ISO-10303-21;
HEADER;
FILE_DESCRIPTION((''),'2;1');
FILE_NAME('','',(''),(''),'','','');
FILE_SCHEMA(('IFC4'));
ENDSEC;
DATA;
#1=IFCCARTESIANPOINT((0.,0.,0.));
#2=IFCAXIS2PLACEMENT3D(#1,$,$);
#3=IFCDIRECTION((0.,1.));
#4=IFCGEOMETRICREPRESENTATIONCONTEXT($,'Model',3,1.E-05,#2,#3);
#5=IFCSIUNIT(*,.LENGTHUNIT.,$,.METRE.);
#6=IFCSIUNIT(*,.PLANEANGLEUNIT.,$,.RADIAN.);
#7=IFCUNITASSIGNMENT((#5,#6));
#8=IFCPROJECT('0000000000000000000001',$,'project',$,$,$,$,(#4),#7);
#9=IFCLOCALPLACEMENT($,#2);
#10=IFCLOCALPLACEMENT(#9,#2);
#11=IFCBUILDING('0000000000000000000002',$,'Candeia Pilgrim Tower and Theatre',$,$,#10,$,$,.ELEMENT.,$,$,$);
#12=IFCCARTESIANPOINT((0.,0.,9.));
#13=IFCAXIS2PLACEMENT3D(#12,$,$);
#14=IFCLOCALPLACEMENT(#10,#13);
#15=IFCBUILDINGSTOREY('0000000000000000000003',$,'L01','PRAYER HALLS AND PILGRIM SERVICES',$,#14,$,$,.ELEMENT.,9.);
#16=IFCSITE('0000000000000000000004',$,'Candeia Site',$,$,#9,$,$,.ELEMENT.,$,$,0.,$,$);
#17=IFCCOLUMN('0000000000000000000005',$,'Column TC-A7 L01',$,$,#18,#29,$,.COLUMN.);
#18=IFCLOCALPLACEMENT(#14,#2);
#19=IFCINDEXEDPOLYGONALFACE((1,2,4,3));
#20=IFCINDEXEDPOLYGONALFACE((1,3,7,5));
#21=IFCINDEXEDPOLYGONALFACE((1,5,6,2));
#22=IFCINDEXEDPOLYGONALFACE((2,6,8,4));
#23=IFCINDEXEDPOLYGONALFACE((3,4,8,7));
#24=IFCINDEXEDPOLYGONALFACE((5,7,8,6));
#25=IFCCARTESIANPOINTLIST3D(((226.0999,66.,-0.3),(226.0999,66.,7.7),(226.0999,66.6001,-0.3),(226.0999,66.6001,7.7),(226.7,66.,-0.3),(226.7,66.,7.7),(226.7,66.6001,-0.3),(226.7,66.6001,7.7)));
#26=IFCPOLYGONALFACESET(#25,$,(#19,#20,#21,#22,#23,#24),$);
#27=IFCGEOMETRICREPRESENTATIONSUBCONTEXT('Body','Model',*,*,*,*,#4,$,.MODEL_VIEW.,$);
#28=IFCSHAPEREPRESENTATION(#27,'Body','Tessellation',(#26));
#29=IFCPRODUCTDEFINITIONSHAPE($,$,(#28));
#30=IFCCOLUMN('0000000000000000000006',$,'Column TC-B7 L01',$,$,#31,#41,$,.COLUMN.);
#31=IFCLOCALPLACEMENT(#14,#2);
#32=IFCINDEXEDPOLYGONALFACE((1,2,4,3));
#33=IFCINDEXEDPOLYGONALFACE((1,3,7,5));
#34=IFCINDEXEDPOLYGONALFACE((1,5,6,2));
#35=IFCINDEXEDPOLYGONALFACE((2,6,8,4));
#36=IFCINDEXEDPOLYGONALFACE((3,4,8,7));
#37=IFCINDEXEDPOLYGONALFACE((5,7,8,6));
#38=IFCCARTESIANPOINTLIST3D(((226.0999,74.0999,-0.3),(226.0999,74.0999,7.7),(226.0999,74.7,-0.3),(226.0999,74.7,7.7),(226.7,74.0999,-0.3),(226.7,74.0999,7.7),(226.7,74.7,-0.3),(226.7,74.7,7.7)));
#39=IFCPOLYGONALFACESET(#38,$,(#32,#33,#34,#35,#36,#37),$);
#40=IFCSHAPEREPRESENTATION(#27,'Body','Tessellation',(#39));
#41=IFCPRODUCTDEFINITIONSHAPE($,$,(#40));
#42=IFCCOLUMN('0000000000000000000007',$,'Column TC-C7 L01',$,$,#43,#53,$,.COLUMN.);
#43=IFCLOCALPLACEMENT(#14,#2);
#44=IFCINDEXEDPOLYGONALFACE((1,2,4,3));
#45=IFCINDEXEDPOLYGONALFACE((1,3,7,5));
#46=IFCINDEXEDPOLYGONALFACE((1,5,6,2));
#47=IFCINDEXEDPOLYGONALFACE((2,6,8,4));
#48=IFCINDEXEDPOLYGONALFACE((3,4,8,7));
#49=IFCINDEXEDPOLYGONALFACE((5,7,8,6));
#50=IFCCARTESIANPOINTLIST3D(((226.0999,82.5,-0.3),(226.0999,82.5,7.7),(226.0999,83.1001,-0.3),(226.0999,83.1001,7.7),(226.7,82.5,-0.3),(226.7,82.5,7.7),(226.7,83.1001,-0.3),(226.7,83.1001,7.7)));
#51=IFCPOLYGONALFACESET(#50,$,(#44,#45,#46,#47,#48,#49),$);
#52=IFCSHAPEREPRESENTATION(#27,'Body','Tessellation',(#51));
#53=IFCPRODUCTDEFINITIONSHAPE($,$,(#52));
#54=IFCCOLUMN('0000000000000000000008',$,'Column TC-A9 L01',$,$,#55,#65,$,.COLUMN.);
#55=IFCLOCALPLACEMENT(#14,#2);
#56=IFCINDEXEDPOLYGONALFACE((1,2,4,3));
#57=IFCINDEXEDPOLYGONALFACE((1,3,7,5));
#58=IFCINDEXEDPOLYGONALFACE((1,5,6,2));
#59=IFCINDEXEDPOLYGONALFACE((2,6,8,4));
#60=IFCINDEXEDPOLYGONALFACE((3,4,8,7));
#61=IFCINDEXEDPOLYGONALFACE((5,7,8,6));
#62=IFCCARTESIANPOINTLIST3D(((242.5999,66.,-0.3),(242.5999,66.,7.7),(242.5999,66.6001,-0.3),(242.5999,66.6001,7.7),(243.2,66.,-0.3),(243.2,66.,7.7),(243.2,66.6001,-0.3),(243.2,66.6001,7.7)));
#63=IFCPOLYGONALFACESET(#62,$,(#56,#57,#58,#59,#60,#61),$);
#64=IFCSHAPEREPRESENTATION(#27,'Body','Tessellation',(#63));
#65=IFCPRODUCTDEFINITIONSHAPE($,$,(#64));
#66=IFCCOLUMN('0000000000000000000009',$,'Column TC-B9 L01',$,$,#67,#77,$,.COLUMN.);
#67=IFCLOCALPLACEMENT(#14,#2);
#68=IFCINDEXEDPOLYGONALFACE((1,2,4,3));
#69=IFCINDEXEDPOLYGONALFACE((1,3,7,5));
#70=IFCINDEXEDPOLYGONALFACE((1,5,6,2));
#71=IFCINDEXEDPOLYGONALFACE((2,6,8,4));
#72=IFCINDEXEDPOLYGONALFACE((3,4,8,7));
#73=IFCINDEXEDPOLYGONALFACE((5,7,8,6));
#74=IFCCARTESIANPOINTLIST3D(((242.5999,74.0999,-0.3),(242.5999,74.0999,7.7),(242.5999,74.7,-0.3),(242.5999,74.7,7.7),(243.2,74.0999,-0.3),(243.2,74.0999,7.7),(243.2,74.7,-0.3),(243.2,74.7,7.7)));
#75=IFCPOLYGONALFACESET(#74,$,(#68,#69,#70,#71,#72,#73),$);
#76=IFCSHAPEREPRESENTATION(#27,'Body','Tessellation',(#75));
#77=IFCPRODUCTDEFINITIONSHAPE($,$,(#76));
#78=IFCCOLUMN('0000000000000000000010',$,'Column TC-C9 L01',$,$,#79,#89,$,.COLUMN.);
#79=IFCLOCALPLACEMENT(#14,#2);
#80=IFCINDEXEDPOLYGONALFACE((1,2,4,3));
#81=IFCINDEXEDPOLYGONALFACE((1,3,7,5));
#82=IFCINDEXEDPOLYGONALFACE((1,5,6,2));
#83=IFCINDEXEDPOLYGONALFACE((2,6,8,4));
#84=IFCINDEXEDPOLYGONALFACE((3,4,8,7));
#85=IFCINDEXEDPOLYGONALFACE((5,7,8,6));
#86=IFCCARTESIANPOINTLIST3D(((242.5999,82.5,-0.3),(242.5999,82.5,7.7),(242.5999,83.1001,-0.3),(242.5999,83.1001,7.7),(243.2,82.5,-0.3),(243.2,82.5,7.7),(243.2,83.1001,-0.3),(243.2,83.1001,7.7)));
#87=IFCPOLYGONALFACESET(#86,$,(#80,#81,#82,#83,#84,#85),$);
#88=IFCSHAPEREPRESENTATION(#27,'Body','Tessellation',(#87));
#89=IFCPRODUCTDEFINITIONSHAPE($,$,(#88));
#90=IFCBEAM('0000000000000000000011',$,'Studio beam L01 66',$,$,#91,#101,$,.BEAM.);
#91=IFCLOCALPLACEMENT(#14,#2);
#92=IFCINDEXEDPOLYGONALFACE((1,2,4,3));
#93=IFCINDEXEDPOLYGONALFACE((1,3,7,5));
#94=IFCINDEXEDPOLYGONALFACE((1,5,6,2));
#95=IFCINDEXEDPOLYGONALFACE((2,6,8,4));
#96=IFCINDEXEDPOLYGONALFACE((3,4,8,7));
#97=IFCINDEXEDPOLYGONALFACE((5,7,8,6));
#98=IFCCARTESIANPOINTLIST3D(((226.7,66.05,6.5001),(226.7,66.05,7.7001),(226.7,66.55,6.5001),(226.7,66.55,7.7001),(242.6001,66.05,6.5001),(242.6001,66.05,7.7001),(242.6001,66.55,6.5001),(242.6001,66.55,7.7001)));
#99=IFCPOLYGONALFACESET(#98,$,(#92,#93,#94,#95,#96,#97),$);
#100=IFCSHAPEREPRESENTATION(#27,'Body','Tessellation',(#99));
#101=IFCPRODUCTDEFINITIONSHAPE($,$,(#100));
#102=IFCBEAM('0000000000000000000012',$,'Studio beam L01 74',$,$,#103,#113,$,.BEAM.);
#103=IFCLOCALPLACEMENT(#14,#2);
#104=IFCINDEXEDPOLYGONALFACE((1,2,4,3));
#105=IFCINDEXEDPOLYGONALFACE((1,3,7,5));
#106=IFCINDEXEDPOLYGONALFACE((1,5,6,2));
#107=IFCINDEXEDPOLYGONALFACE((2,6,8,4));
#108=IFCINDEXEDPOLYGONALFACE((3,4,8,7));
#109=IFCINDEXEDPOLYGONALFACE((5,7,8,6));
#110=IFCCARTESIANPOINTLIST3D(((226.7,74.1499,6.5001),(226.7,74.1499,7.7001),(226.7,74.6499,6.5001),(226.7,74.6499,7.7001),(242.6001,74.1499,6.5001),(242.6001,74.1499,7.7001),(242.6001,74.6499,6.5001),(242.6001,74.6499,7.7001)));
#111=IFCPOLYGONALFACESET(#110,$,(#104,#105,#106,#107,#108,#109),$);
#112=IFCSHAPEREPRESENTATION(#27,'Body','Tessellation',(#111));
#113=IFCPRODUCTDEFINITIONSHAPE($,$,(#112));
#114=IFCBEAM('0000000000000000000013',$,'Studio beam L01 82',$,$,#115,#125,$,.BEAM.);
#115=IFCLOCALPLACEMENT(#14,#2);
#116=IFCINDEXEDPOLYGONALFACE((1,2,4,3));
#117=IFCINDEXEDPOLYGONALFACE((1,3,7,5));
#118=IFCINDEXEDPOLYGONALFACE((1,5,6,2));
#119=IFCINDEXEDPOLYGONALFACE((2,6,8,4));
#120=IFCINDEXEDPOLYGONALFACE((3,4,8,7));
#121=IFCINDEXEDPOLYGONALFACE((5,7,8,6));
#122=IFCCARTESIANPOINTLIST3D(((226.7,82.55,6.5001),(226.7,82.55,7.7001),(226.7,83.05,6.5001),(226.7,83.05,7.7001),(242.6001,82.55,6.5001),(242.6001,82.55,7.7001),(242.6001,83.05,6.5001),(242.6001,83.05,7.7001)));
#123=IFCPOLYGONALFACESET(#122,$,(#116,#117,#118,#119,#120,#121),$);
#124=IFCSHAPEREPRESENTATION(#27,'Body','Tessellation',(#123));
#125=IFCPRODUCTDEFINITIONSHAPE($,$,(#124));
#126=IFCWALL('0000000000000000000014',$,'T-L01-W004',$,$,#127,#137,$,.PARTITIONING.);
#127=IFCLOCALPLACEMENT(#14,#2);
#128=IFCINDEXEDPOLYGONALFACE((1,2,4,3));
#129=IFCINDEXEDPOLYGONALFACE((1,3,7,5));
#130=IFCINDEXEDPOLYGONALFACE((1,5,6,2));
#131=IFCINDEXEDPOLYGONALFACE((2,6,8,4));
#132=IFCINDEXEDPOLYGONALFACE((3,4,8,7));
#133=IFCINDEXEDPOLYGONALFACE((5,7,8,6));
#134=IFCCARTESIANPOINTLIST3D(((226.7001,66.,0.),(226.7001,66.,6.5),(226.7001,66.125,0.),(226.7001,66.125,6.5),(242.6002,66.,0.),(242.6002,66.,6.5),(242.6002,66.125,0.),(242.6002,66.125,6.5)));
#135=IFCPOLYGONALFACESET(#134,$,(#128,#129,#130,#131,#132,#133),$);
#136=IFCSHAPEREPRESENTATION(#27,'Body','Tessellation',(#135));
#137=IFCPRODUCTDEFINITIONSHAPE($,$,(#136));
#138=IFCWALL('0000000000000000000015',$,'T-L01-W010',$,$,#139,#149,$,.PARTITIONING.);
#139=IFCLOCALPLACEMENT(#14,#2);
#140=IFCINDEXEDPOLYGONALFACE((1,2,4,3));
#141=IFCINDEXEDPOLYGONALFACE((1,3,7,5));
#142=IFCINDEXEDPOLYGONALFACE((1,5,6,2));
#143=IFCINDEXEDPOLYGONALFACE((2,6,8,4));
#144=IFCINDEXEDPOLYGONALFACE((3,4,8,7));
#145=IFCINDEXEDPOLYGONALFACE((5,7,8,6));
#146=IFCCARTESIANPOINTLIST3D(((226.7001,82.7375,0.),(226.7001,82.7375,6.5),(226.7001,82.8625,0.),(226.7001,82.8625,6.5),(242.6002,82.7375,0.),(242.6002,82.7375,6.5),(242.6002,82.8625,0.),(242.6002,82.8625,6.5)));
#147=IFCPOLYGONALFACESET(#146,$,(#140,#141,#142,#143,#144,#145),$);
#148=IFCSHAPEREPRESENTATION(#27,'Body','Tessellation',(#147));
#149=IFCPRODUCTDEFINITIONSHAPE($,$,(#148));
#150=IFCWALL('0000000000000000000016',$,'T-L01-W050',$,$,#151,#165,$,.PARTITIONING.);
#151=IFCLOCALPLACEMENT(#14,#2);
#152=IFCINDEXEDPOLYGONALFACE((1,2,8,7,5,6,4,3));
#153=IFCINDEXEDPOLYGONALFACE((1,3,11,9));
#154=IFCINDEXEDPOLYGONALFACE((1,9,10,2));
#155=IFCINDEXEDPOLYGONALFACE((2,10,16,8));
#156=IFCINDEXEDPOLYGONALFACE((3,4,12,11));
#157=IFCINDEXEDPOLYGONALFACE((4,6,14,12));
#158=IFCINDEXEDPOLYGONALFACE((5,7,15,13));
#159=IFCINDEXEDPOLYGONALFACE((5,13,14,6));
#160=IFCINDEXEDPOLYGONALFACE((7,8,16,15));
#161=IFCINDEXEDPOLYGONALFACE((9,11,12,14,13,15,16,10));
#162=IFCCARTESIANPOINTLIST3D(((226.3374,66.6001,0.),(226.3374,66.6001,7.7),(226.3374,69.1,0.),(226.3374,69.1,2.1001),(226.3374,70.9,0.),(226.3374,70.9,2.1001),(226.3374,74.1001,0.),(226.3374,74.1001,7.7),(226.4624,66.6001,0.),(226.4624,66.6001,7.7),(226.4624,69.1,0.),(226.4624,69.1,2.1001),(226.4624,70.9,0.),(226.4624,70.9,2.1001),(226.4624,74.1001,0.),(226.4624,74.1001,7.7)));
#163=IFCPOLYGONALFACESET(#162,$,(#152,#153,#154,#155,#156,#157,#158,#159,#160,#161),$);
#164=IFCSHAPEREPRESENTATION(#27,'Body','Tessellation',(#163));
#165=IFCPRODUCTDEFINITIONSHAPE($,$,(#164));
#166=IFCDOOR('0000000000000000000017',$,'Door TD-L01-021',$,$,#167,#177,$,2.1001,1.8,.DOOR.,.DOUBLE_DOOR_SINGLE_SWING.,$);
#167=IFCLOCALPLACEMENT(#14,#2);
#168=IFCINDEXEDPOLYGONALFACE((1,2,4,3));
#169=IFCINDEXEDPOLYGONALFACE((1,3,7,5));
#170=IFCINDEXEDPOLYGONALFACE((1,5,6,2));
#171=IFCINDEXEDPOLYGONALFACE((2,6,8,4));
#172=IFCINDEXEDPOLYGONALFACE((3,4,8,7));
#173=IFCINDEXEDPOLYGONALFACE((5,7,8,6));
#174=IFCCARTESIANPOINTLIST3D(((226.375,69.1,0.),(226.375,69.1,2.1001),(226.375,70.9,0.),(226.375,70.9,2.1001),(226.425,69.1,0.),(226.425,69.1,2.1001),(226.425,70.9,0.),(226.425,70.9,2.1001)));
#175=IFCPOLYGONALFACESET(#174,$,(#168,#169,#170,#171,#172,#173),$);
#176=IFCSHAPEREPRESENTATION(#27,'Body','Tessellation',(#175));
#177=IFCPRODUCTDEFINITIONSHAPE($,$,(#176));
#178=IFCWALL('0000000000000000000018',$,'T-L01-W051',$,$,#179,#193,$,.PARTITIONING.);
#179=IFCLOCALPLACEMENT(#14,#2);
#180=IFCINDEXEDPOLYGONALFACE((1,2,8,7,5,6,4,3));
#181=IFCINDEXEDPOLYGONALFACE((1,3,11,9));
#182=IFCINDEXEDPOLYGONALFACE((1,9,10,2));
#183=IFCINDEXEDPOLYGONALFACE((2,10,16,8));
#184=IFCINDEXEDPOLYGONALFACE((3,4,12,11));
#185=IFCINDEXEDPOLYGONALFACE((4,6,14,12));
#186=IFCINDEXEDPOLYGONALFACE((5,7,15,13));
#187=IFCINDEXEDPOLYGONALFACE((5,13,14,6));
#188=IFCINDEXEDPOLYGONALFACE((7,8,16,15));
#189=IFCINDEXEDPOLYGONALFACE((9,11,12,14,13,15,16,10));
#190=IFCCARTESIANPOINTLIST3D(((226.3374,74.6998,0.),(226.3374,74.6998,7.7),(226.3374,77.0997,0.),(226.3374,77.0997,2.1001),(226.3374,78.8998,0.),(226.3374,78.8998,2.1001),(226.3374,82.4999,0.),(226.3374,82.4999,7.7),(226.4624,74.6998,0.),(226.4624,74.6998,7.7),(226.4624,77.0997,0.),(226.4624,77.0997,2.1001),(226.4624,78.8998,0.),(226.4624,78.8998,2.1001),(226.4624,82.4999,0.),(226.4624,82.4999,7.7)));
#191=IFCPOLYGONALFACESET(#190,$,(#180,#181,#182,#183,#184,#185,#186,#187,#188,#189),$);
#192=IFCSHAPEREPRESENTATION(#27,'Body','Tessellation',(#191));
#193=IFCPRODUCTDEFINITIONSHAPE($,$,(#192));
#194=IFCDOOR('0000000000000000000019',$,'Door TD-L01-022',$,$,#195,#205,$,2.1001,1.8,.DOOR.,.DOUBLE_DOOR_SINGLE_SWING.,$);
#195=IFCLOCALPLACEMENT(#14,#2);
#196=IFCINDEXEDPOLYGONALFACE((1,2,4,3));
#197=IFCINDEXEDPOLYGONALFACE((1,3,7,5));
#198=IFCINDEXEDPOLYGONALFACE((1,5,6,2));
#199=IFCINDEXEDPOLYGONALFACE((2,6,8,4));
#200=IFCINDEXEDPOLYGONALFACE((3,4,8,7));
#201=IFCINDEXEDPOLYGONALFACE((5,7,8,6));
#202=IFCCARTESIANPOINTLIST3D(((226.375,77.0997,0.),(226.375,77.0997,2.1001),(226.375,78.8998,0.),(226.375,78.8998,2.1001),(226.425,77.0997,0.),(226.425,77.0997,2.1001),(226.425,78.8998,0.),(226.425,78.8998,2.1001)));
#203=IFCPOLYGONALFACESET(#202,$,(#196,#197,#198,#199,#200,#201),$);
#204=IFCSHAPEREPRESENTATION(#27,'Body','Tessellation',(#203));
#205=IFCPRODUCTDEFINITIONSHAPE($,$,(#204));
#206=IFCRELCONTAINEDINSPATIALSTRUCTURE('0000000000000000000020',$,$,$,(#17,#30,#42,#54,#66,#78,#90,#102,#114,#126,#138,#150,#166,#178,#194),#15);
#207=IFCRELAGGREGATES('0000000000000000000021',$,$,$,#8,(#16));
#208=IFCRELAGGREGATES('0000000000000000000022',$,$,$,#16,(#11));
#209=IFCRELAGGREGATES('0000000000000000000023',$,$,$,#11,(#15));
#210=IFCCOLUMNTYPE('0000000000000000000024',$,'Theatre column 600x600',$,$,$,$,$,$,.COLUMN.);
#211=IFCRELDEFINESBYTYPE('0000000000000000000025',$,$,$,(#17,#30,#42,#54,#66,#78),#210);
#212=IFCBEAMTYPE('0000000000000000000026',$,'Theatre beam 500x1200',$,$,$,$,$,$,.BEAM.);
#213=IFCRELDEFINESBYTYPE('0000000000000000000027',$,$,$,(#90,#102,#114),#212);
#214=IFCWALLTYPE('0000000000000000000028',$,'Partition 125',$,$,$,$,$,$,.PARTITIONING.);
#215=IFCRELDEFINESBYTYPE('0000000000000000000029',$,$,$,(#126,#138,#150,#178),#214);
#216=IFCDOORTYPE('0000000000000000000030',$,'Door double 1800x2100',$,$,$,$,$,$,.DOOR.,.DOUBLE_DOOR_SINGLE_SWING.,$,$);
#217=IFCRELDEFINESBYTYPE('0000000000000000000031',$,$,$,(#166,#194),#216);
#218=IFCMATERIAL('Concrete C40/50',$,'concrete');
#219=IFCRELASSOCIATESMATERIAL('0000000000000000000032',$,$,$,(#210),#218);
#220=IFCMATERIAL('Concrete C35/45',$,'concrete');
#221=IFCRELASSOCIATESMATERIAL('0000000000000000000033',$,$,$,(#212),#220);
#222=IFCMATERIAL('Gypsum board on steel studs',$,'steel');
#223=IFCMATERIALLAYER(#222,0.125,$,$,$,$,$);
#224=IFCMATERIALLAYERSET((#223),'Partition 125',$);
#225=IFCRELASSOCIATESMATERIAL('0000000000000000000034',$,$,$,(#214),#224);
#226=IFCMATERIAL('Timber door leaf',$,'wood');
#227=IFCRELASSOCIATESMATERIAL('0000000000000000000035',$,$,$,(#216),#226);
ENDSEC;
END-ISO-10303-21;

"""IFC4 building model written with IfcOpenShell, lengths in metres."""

from ifc_helpers import new_model, si_unit, direction, frame, frame_2d, origin, origin_2d, place, context, subcontext, project, spatial, rectangle, extrude, material, layer, layer_set, material_profile, profile_set, type_object, element, fill, save


model = new_model("IFC4")

# Units and contexts
model_context = context("Model", 3, precision=1e-05, world=origin(), true_north=direction((0.0, 1.0)))
body_context = subcontext(model_context, "Body", "Model", "MODEL_VIEW")
ifc_project = project(units=[si_unit("LENGTHUNIT", "METRE"), si_unit("PLANEANGLEUNIT", "RADIAN")], contexts=[model_context])

# Site, building, storey
site_placement = place(None, origin())
site = spatial("IfcSite", under=ifc_project, at=site_placement, Name="Candeia Site", CompositionType="ELEMENT", RefElevation=0.0)
building_placement = place(site_placement, origin())
building = spatial("IfcBuilding", under=site, at=building_placement, Name="Candeia Pilgrim Tower and Theatre", CompositionType="ELEMENT")
storey_placement = place(building_placement, frame((0.0, 0.0, 9.0)))
storey = spatial("IfcBuildingStorey", under=building, at=storey_placement, Name="L01", Description="PRAYER HALLS AND PILGRIM SERVICES", CompositionType="ELEMENT", Elevation=9.0)

# Columns
ifc_material_1 = material(Name="Concrete C40/50", Category="concrete")
ifc_material_profile_1 = material_profile(ifc_material_1, rectangle(XDim=0.6001, YDim=0.6001, at=origin_2d()))
ifc_profile_set_1 = profile_set([ifc_material_profile_1], Name="Concrete C40/50")
column_type = type_object("IfcColumnType", Name="Theatre column 600x600", PredefinedType="COLUMN", material=ifc_profile_set_1)
for number, where, z_axis, x_axis, name in (
    (1, (226.3999, 66.3, -0.3), (0.0, 0.0, 1.0), (1.0, 0.0, 0.0), "Column TC-A7 L01"),
    (2, (226.3999, 74.3999, -0.3), (0.0, 0.0, 1.0), (1.0, 0.0, 0.0), "Column TC-B7 L01"),
    (3, (226.3999, 82.8, -0.3), (0.0, 0.0, 1.0), (1.0, 0.0, 0.0), "Column TC-C7 L01"),
    (4, (242.8999, 66.3, -0.3), (0.0, 0.0, 1.0), (1.0, 0.0, 0.0), "Column TC-A9 L01"),
    (5, (242.8999, 74.3999, -0.3), (0.0, 0.0, 1.0), (1.0, 0.0, 0.0), "Column TC-B9 L01"),
    (6, (242.8999, 82.8, -0.3), (0.0, 0.0, 1.0), (1.0, 0.0, 0.0), "Column TC-C9 L01"),
):
    element("IfcColumn", number, at=place(storey_placement, frame(where, z_axis=z_axis, x_axis=x_axis)), inside=storey, type_object=column_type, Name=name, PredefinedType="COLUMN", context=body_context, shape_type="SweptSolid", body=[
        extrude(rectangle(XDim=0.6001, YDim=0.6001, at=origin_2d()), origin(), (0.0, 0.0, 1.0), 8.0),
    ])

# Beams
ifc_material_2 = material(Name="Concrete C35/45", Category="concrete")
ifc_material_profile_2 = material_profile(ifc_material_2, rectangle(XDim=0.5, YDim=1.2, at=origin_2d()))
ifc_profile_set_2 = profile_set([ifc_material_profile_2], Name="Concrete C35/45")
beam_type = type_object("IfcBeamType", Name="Theatre beam 500x1200", PredefinedType="BEAM", material=ifc_profile_set_2)
for number, where, z_axis, x_axis, name in (
    (7, (226.7, 66.3, 7.1001), (1.0, 0.0, 0.0), (0.0, 1.0, 0.0), "Studio beam L01 66"),
    (8, (226.7, 74.3999, 7.1001), (1.0, 0.0, 0.0), (0.0, 1.0, 0.0), "Studio beam L01 74"),
    (9, (226.7, 82.8, 7.1001), (1.0, 0.0, 0.0), (0.0, 1.0, 0.0), "Studio beam L01 82"),
):
    element("IfcBeam", number, at=place(storey_placement, frame(where, z_axis=z_axis, x_axis=x_axis)), inside=storey, type_object=beam_type, Name=name, PredefinedType="BEAM", context=body_context, shape_type="SweptSolid", body=[
        extrude(rectangle(XDim=0.5, YDim=1.2, at=origin_2d()), origin(), (0.0, 0.0, 1.0), 15.9001),
    ])

# Walls
ifc_material_3 = material(Name="Gypsum board on steel studs", Category="steel")
ifc_layer = layer(ifc_material_3, 0.125)
ifc_layer_set = layer_set([ifc_layer], Name="Partition 125")
wall_type = type_object("IfcWallType", Name="Partition 125", PredefinedType="PARTITIONING", material=ifc_layer_set)
for number, where, z_axis, x_axis, name in (
    (10, (226.7, 66.0625, 0.0), (0.0, 0.0, 1.0), (1.0, 0.0, 0.0), "T-L01-W004"),
    (11, (226.7, 82.8, 0.0), (0.0, 0.0, 1.0), (1.0, 0.0, 0.0), "T-L01-W010"),
):
    element("IfcWall", number, at=place(storey_placement, frame(where, z_axis=z_axis, x_axis=x_axis)), inside=storey, type_object=wall_type, Name=name, PredefinedType="PARTITIONING", context=body_context, shape_type="SweptSolid", body=[
        extrude(rectangle(XDim=15.9001, YDim=0.125, at=frame_2d((7.9502, 0.0))), origin(), (0.0, 0.0, 1.0), 6.5),
    ])

# Walls, openings, doors
wall_1_placement = place(storey_placement, frame((226.3999, 66.6001, 0.0), z_axis=(0.0, 0.0, 1.0), x_axis=(0.0, 1.0, 0.0)))
wall_1 = element("IfcWall", 12, at=wall_1_placement, inside=storey, type_object=wall_type, Name="T-L01-W050", PredefinedType="PARTITIONING", context=body_context, shape_type="SweptSolid", body=[
    extrude(rectangle(XDim=7.5, YDim=0.125, at=frame_2d((3.75, 0.0))), origin(), (0.0, 0.0, 1.0), 7.7),
])
opening_1_placement = place(wall_1_placement, frame((2.5, 0.0, 0.0)))
opening_1 = element("IfcOpeningElement", 13, at=opening_1_placement, cuts=wall_1, PredefinedType="OPENING", context=body_context, shape_type="SweptSolid", body=[
    extrude(rectangle(XDim=1.8, YDim=2.1001, at=frame_2d((0.8999, 1.05))), frame((0.0, 0.0725, 0.0), z_axis=(0.0, -1.0, 0.0), x_axis=(1.0, 0.0, 0.0)), (0.0, 0.0, 1.0), 0.145),
])
ifc_material_4 = material(Name="Timber door leaf", Category="wood")
door_type = type_object("IfcDoorType", Name="Door double 1800x2100", OperationType="DOUBLE_DOOR_SINGLE_SWING", PredefinedType="DOOR", material=ifc_material_4)
door_1_placement = place(opening_1_placement, origin())
door_1 = element("IfcDoor", 14, at=door_1_placement, inside=storey, type_object=door_type, Name="Door TD-L01-021", OperationType="DOUBLE_DOOR_SINGLE_SWING", OverallHeight=2.1001, OverallWidth=1.8, PredefinedType="DOOR", context=body_context, shape_type="SweptSolid", body=[
    extrude(rectangle(XDim=1.8, YDim=2.1001, at=frame_2d((0.8999, 1.05))), frame((0.0, 0.0249, 0.0), z_axis=(0.0, -1.0, 0.0), x_axis=(1.0, 0.0, 0.0)), (0.0, 0.0, 1.0), 0.05),
])
fill(opening_1, door_1)
wall_2_placement = place(storey_placement, frame((226.3999, 74.7, 0.0), z_axis=(0.0, 0.0, 1.0), x_axis=(0.0, 1.0, 0.0)))
wall_2 = element("IfcWall", 15, at=wall_2_placement, inside=storey, type_object=wall_type, Name="T-L01-W051", PredefinedType="PARTITIONING", context=body_context, shape_type="SweptSolid", body=[
    extrude(rectangle(XDim=7.8, YDim=0.125, at=frame_2d((3.8999, 0.0))), origin(), (0.0, 0.0, 1.0), 7.7),
])
opening_2_placement = place(wall_2_placement, frame((2.3999, 0.0, 0.0)))
opening_2 = element("IfcOpeningElement", 16, at=opening_2_placement, cuts=wall_2, PredefinedType="OPENING", context=body_context, shape_type="SweptSolid", body=[
    extrude(rectangle(XDim=1.8, YDim=2.1001, at=frame_2d((0.8999, 1.05))), frame((0.0, 0.0725, 0.0), z_axis=(0.0, -1.0, 0.0), x_axis=(1.0, 0.0, 0.0)), (0.0, 0.0, 1.0), 0.145),
])
door_2_placement = place(opening_2_placement, origin())
door_2 = element("IfcDoor", 17, at=door_2_placement, inside=storey, type_object=door_type, Name="Door TD-L01-022", OperationType="DOUBLE_DOOR_SINGLE_SWING", OverallHeight=2.1001, OverallWidth=1.8, PredefinedType="DOOR", context=body_context, shape_type="SweptSolid", body=[
    extrude(rectangle(XDim=1.8, YDim=2.1001, at=frame_2d((0.8999, 1.05))), frame((0.0, 0.0249, 0.0), z_axis=(0.0, -1.0, 0.0), x_axis=(1.0, 0.0, 0.0)), (0.0, 0.0, 1.0), 0.05),
])
fill(opening_2, door_2)

save(model, "model.ifc")
